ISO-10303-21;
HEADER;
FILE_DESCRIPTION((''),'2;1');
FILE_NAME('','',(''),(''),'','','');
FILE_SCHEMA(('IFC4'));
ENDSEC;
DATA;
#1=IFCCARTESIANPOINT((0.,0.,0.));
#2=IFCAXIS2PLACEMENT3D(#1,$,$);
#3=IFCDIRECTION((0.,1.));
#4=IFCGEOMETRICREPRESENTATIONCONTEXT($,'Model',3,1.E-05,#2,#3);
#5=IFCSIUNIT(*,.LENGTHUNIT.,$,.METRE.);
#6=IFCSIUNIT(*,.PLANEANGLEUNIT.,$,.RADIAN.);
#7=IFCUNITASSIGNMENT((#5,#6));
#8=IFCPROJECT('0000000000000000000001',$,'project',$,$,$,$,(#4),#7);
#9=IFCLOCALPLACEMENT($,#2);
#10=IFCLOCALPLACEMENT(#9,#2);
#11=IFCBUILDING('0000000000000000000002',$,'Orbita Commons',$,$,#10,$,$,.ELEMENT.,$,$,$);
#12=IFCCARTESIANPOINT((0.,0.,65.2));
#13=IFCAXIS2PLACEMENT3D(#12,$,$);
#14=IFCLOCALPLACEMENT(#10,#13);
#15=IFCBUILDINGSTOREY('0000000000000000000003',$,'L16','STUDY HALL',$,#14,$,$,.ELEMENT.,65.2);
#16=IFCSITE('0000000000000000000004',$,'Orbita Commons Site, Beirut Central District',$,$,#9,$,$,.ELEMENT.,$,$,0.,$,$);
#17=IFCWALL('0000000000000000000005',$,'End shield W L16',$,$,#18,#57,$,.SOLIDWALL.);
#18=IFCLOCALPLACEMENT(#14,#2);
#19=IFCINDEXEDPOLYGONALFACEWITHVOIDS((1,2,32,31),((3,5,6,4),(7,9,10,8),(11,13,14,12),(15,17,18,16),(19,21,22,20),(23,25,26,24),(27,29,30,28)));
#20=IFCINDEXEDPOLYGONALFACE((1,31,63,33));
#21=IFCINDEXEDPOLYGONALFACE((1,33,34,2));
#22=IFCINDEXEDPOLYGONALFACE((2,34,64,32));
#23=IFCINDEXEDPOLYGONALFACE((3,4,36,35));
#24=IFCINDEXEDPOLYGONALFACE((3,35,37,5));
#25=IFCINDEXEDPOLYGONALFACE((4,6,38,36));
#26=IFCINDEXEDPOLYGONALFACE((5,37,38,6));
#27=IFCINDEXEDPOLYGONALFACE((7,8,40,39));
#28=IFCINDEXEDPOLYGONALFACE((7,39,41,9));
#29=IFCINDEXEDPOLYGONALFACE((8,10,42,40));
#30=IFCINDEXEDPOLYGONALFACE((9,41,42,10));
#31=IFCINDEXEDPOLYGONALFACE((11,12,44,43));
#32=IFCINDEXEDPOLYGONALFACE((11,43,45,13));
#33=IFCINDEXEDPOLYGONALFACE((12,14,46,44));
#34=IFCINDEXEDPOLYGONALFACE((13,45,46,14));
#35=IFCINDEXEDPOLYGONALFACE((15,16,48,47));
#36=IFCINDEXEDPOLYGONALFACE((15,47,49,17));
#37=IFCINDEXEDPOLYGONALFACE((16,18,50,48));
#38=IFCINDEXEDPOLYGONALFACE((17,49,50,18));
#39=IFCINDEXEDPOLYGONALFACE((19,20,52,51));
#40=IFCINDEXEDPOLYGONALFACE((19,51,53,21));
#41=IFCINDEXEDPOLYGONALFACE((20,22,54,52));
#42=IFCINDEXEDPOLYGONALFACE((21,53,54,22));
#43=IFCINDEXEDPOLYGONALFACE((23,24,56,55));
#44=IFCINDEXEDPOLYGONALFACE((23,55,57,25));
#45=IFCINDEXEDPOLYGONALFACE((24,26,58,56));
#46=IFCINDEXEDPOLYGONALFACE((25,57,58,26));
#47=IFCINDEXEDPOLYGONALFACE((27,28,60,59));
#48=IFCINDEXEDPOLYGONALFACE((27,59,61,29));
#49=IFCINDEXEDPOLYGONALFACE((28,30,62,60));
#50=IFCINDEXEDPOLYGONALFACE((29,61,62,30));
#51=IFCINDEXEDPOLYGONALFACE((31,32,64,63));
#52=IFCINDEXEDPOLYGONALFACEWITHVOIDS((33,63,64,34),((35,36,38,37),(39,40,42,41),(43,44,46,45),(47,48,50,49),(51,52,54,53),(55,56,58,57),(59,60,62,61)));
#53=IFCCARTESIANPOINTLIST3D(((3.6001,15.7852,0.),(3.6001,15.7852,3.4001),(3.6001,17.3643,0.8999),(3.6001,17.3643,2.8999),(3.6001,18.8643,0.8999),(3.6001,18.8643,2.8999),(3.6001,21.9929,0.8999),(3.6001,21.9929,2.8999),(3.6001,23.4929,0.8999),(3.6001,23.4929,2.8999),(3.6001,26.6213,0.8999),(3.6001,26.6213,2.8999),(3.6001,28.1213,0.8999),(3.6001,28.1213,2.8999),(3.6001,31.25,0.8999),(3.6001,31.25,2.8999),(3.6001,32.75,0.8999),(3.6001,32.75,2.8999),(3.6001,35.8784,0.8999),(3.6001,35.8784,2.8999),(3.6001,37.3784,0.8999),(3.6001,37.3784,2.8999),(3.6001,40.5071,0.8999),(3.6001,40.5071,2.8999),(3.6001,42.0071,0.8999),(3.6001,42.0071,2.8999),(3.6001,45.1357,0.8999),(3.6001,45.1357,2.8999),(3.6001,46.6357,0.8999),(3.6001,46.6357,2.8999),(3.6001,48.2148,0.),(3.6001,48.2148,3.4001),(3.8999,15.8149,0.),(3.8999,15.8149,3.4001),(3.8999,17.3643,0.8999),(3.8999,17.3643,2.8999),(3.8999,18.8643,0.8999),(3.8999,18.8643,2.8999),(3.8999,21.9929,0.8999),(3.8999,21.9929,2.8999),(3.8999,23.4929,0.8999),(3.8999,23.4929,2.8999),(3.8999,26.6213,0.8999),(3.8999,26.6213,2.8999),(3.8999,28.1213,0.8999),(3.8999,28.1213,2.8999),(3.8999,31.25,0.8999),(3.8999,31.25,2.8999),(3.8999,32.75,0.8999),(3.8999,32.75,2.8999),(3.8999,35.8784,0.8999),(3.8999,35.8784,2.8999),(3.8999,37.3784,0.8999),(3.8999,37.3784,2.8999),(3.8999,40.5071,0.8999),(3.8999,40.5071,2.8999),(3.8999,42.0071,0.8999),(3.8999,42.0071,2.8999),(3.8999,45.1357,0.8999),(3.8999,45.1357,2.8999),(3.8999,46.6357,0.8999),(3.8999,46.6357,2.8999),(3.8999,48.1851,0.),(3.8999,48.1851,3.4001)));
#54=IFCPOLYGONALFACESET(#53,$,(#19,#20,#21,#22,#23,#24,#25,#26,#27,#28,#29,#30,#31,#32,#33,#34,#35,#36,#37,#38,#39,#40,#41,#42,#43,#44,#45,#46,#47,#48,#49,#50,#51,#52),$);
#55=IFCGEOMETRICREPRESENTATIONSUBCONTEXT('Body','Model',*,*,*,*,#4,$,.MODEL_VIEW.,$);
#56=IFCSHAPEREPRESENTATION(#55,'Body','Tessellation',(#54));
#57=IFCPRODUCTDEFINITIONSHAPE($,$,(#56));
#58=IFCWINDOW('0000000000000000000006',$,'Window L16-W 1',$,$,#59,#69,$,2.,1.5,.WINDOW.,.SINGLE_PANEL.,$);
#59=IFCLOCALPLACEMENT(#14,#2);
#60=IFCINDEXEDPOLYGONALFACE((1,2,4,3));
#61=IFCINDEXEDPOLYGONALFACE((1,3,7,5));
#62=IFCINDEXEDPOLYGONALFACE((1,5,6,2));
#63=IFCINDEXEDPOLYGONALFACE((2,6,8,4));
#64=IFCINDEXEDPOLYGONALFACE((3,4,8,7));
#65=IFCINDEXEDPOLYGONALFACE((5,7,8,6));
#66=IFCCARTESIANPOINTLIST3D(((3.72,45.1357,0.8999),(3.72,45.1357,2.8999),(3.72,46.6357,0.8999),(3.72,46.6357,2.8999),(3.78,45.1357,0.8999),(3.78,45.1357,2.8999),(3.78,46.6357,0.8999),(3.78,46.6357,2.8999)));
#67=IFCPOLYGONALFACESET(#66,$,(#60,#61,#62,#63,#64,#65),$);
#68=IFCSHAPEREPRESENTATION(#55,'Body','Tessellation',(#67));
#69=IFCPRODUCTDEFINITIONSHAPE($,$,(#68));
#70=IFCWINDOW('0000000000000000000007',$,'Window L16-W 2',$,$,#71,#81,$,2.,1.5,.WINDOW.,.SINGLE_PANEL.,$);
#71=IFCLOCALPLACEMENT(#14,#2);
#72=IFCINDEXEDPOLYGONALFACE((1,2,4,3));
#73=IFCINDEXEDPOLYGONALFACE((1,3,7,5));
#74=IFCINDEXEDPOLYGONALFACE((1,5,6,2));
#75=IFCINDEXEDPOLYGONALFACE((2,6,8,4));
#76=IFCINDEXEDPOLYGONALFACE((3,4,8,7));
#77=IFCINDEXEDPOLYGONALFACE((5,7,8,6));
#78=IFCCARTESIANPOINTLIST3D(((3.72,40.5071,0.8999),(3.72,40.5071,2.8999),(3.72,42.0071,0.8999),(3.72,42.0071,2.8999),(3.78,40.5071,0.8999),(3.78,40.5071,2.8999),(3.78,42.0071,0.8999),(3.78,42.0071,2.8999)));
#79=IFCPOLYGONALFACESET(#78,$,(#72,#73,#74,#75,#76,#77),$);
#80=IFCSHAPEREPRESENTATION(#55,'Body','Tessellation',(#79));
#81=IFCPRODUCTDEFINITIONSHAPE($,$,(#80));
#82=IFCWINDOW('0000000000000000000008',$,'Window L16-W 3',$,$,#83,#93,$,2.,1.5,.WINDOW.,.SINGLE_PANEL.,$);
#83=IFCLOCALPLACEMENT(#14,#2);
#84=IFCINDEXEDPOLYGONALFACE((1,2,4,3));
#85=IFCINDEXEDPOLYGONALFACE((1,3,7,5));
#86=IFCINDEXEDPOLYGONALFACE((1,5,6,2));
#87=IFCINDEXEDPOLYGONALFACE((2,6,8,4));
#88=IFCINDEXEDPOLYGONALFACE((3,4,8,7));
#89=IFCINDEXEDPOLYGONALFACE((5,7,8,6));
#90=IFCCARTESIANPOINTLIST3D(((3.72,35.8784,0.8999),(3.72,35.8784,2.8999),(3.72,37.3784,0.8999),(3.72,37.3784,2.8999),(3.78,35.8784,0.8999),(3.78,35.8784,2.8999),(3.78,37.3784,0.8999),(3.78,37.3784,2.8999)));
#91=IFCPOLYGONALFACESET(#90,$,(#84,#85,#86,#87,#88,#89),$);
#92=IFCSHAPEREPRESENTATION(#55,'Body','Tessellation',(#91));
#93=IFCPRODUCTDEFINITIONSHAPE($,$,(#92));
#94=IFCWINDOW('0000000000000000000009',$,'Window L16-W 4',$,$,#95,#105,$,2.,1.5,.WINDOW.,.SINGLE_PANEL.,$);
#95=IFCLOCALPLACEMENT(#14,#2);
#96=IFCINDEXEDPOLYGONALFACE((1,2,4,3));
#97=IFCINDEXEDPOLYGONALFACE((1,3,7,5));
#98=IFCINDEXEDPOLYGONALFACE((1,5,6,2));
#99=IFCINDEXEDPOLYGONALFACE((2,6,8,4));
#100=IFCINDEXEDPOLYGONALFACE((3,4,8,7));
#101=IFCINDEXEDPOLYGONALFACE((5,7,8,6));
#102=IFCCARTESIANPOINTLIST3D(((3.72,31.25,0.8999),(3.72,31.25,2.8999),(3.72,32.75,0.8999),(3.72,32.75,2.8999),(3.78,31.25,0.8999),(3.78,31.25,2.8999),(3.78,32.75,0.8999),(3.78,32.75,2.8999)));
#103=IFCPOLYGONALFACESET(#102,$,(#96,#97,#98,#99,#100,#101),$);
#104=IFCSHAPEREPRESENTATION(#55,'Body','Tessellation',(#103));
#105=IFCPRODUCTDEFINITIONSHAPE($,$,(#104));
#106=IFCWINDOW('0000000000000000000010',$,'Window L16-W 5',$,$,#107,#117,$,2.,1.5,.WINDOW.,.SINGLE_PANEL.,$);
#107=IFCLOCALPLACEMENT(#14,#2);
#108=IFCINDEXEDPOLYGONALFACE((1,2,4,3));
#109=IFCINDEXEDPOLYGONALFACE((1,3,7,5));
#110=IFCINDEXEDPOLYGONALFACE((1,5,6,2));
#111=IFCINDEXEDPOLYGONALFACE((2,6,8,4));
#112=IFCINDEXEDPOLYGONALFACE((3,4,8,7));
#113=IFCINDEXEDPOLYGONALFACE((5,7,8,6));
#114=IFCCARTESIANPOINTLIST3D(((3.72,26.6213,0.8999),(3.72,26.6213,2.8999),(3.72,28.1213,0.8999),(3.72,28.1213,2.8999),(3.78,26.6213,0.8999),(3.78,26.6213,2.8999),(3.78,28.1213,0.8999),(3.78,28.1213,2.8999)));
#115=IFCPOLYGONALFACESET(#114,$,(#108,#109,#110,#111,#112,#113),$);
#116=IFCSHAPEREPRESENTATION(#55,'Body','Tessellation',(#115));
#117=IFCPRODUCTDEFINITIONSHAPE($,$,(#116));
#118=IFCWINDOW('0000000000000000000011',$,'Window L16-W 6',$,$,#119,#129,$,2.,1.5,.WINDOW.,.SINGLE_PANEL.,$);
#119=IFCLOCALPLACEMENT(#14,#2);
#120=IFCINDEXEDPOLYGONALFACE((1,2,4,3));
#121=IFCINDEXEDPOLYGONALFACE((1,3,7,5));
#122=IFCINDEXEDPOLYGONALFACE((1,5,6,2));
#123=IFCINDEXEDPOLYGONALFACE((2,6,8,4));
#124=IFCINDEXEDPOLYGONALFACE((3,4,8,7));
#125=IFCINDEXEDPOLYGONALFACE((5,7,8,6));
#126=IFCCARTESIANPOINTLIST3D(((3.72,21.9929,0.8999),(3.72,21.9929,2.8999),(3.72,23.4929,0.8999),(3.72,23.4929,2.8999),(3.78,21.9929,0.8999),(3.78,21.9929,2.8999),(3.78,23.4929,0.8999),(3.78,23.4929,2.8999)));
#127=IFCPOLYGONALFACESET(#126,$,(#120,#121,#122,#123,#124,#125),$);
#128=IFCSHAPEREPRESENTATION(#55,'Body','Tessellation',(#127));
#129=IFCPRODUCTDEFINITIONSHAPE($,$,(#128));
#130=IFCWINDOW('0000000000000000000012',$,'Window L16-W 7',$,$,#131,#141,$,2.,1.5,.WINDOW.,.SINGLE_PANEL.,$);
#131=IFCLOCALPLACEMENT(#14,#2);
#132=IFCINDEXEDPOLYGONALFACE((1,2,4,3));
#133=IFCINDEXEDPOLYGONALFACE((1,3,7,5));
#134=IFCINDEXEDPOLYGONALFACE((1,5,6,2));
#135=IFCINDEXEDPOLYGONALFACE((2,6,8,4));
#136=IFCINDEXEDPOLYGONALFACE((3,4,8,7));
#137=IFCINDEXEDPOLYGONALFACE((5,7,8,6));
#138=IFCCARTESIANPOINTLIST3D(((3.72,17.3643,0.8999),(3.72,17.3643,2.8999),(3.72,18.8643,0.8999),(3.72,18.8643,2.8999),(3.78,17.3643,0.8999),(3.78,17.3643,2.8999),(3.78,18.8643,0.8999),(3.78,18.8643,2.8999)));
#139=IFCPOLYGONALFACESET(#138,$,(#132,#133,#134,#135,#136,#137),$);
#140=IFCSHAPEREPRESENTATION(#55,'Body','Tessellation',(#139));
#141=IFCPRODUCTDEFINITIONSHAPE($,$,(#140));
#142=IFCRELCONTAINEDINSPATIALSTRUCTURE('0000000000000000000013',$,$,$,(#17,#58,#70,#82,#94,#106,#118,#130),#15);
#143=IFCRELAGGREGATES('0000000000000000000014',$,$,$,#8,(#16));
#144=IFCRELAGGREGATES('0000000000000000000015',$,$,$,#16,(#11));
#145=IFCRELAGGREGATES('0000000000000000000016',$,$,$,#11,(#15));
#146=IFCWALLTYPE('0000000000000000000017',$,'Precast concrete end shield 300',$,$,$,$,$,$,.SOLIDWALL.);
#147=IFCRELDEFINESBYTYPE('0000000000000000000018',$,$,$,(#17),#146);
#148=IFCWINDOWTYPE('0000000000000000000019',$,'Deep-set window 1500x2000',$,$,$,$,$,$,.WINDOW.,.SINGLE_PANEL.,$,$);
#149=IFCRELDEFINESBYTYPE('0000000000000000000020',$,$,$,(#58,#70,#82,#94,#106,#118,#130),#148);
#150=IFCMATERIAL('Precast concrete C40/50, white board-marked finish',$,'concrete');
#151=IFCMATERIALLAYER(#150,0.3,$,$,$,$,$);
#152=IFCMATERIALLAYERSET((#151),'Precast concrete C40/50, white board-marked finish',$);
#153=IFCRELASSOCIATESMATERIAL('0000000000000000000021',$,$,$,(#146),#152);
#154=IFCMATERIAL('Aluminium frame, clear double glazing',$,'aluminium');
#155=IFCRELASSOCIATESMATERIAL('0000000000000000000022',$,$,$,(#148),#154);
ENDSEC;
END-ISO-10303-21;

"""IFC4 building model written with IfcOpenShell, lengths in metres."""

from ifc_helpers import new_model, si_unit, direction, frame, frame_2d, origin, place, context, subcontext, project, spatial, polyline, rectangle, outline, extrude, material, layer, layer_set, type_object, element, fill, save


model = new_model("IFC4")

# Units and contexts
model_context = context("Model", 3, precision=1e-05, world=origin(), true_north=direction((0.0, 1.0)))
body_context = subcontext(model_context, "Body", "Model", "MODEL_VIEW")
ifc_project = project(units=[si_unit("LENGTHUNIT", "METRE"), si_unit("PLANEANGLEUNIT", "RADIAN")], contexts=[model_context])

# Site, building, storey
site_placement = place(None, origin())
site = spatial("IfcSite", under=ifc_project, at=site_placement, Name="Orbita Commons Site, Beirut Central District", CompositionType="ELEMENT", RefElevation=0.0)
building_placement = place(site_placement, origin())
building = spatial("IfcBuilding", under=site, at=building_placement, Name="Orbita Commons", CompositionType="ELEMENT")
storey_placement = place(building_placement, frame((0.0, 0.0, 65.2)))
storey = spatial("IfcBuildingStorey", under=building, at=storey_placement, Name="L16", Description="STUDY HALL", CompositionType="ELEMENT", Elevation=65.2)

# Wall, openings, windows
ifc_material_1 = material(Name="Precast concrete C40/50, white board-marked finish", Category="concrete")
ifc_layer_1 = layer(ifc_material_1, 0.3)
ifc_layer_set_1 = layer_set([ifc_layer_1], Name="Precast concrete C40/50, white board-marked finish")
wall_type_1 = type_object("IfcWallType", Name="Precast concrete end shield 300", PredefinedType="SOLIDWALL", material=ifc_layer_set_1)
wall_1_placement = place(storey_placement, frame((3.75, 48.2, 0.0), z_axis=(0.0, 0.0, 1.0), x_axis=(0.0, -1.0, 0.0)))
wall_1 = element("IfcWall", 1, at=wall_1_placement, inside=storey, type_object=wall_type_1, Name="End shield W L16", PredefinedType="SOLIDWALL", context=body_context, shape_type="SweptSolid", body=[
    extrude(outline(polyline([(-0.0149, -0.1499), (32.4148, -0.1499), (32.385, 0.1499), (0.0149, 0.1499), (-0.0149, -0.1499)])), origin(), (0.0, 0.0, 1.0), 3.4001),
])
opening_1_placement = place(wall_1_placement, frame((1.5642, 0.0, 0.8999)))
opening_1 = element("IfcOpeningElement", 2, at=opening_1_placement, cuts=wall_1, PredefinedType="OPENING", context=body_context, shape_type="SweptSolid", body=[
    extrude(rectangle(XDim=1.5, YDim=2.0, at=frame_2d((0.75, 1.0))), frame((0.0, 0.1599, 0.0), z_axis=(0.0, -1.0, 0.0), x_axis=(1.0, 0.0, 0.0)), (0.0, 0.0, 1.0), 0.3201),
])
opening_2_placement = place(wall_1_placement, frame((6.1929, 0.0, 0.8999)))
opening_2 = element("IfcOpeningElement", 3, at=opening_2_placement, cuts=wall_1, PredefinedType="OPENING", context=body_context, shape_type="SweptSolid", body=[
    extrude(rectangle(XDim=1.5, YDim=2.0, at=frame_2d((0.75, 1.0))), frame((0.0, 0.1599, 0.0), z_axis=(0.0, -1.0, 0.0), x_axis=(1.0, 0.0, 0.0)), (0.0, 0.0, 1.0), 0.3201),
])
opening_3_placement = place(wall_1_placement, frame((10.8215, 0.0, 0.8999)))
opening_3 = element("IfcOpeningElement", 4, at=opening_3_placement, cuts=wall_1, PredefinedType="OPENING", context=body_context, shape_type="SweptSolid", body=[
    extrude(rectangle(XDim=1.5, YDim=2.0, at=frame_2d((0.75, 1.0))), frame((0.0, 0.1599, 0.0), z_axis=(0.0, -1.0, 0.0), x_axis=(1.0, 0.0, 0.0)), (0.0, 0.0, 1.0), 0.3201),
])
opening_4_placement = place(wall_1_placement, frame((15.45, 0.0, 0.8999)))
opening_4 = element("IfcOpeningElement", 5, at=opening_4_placement, cuts=wall_1, PredefinedType="OPENING", context=body_context, shape_type="SweptSolid", body=[
    extrude(rectangle(XDim=1.5, YDim=2.0, at=frame_2d((0.75, 1.0))), frame((0.0, 0.1599, 0.0), z_axis=(0.0, -1.0, 0.0), x_axis=(1.0, 0.0, 0.0)), (0.0, 0.0, 1.0), 0.3201),
])
opening_5_placement = place(wall_1_placement, frame((20.0786, 0.0, 0.8999)))
opening_5 = element("IfcOpeningElement", 6, at=opening_5_placement, cuts=wall_1, PredefinedType="OPENING", context=body_context, shape_type="SweptSolid", body=[
    extrude(rectangle(XDim=1.5, YDim=2.0, at=frame_2d((0.75, 1.0))), frame((0.0, 0.1599, 0.0), z_axis=(0.0, -1.0, 0.0), x_axis=(1.0, 0.0, 0.0)), (0.0, 0.0, 1.0), 0.3201),
])
opening_6_placement = place(wall_1_placement, frame((24.707, 0.0, 0.8999)))
opening_6 = element("IfcOpeningElement", 7, at=opening_6_placement, cuts=wall_1, PredefinedType="OPENING", context=body_context, shape_type="SweptSolid", body=[
    extrude(rectangle(XDim=1.5, YDim=2.0, at=frame_2d((0.75, 1.0))), frame((0.0, 0.1599, 0.0), z_axis=(0.0, -1.0, 0.0), x_axis=(1.0, 0.0, 0.0)), (0.0, 0.0, 1.0), 0.3201),
])
opening_7_placement = place(wall_1_placement, frame((29.3357, 0.0, 0.8999)))
opening_7 = element("IfcOpeningElement", 8, at=opening_7_placement, cuts=wall_1, PredefinedType="OPENING", context=body_context, shape_type="SweptSolid", body=[
    extrude(rectangle(XDim=1.5, YDim=2.0, at=frame_2d((0.75, 1.0))), frame((0.0, 0.1599, 0.0), z_axis=(0.0, -1.0, 0.0), x_axis=(1.0, 0.0, 0.0)), (0.0, 0.0, 1.0), 0.3201),
])
ifc_material_2 = material(Name="Aluminium frame, clear double glazing", Category="aluminium")
window_type = type_object("IfcWindowType", Name="Deep-set window 1500x2000", PartitioningType="SINGLE_PANEL", PredefinedType="WINDOW", material=ifc_material_2)
window_1_placement = place(opening_1_placement, origin())
window_1 = element("IfcWindow", 9, at=window_1_placement, inside=storey, type_object=window_type, Name="Window L16-W 1", OverallHeight=2.0, OverallWidth=1.5, PartitioningType="SINGLE_PANEL", PredefinedType="WINDOW", context=body_context, shape_type="SweptSolid", body=[
    extrude(rectangle(XDim=1.5, YDim=2.0, at=frame_2d((0.75, 1.0))), frame((0.0, 0.03, 0.0), z_axis=(0.0, -1.0, 0.0), x_axis=(1.0, 0.0, 0.0)), (0.0, 0.0, 1.0), 0.0601),
])
fill(opening_1, window_1)
window_2_placement = place(opening_2_placement, origin())
window_2 = element("IfcWindow", 10, at=window_2_placement, inside=storey, type_object=window_type, Name="Window L16-W 2", OverallHeight=2.0, OverallWidth=1.5, PartitioningType="SINGLE_PANEL", PredefinedType="WINDOW", context=body_context, shape_type="SweptSolid", body=[
    extrude(rectangle(XDim=1.5, YDim=2.0, at=frame_2d((0.75, 1.0))), frame((0.0, 0.03, 0.0), z_axis=(0.0, -1.0, 0.0), x_axis=(1.0, 0.0, 0.0)), (0.0, 0.0, 1.0), 0.0601),
])
fill(opening_2, window_2)
window_3_placement = place(opening_3_placement, origin())
window_3 = element("IfcWindow", 11, at=window_3_placement, inside=storey, type_object=window_type, Name="Window L16-W 3", OverallHeight=2.0, OverallWidth=1.5, PartitioningType="SINGLE_PANEL", PredefinedType="WINDOW", context=body_context, shape_type="SweptSolid", body=[
    extrude(rectangle(XDim=1.5, YDim=2.0, at=frame_2d((0.75, 1.0))), frame((0.0, 0.03, 0.0), z_axis=(0.0, -1.0, 0.0), x_axis=(1.0, 0.0, 0.0)), (0.0, 0.0, 1.0), 0.0601),
])
fill(opening_3, window_3)
window_4_placement = place(opening_4_placement, origin())
window_4 = element("IfcWindow", 12, at=window_4_placement, inside=storey, type_object=window_type, Name="Window L16-W 4", OverallHeight=2.0, OverallWidth=1.5, PartitioningType="SINGLE_PANEL", PredefinedType="WINDOW", context=body_context, shape_type="SweptSolid", body=[
    extrude(rectangle(XDim=1.5, YDim=2.0, at=frame_2d((0.75, 1.0))), frame((0.0, 0.03, 0.0), z_axis=(0.0, -1.0, 0.0), x_axis=(1.0, 0.0, 0.0)), (0.0, 0.0, 1.0), 0.0601),
])
fill(opening_4, window_4)
window_5_placement = place(opening_5_placement, origin())
window_5 = element("IfcWindow", 13, at=window_5_placement, inside=storey, type_object=window_type, Name="Window L16-W 5", OverallHeight=2.0, OverallWidth=1.5, PartitioningType="SINGLE_PANEL", PredefinedType="WINDOW", context=body_context, shape_type="SweptSolid", body=[
    extrude(rectangle(XDim=1.5, YDim=2.0, at=frame_2d((0.75, 1.0))), frame((0.0, 0.03, 0.0), z_axis=(0.0, -1.0, 0.0), x_axis=(1.0, 0.0, 0.0)), (0.0, 0.0, 1.0), 0.0601),
])
fill(opening_5, window_5)
window_6_placement = place(opening_6_placement, origin())
window_6 = element("IfcWindow", 14, at=window_6_placement, inside=storey, type_object=window_type, Name="Window L16-W 6", OverallHeight=2.0, OverallWidth=1.5, PartitioningType="SINGLE_PANEL", PredefinedType="WINDOW", context=body_context, shape_type="SweptSolid", body=[
    extrude(rectangle(XDim=1.5, YDim=2.0, at=frame_2d((0.75, 1.0))), frame((0.0, 0.03, 0.0), z_axis=(0.0, -1.0, 0.0), x_axis=(1.0, 0.0, 0.0)), (0.0, 0.0, 1.0), 0.0601),
])
fill(opening_6, window_6)
window_7_placement = place(opening_7_placement, origin())
window_7 = element("IfcWindow", 15, at=window_7_placement, inside=storey, type_object=window_type, Name="Window L16-W 7", OverallHeight=2.0, OverallWidth=1.5, PartitioningType="SINGLE_PANEL", PredefinedType="WINDOW", context=body_context, shape_type="SweptSolid", body=[
    extrude(rectangle(XDim=1.5, YDim=2.0, at=frame_2d((0.75, 1.0))), frame((0.0, 0.03, 0.0), z_axis=(0.0, -1.0, 0.0), x_axis=(1.0, 0.0, 0.0)), (0.0, 0.0, 1.0), 0.0601),
])
fill(opening_7, window_7)

save(model, "model.ifc")
